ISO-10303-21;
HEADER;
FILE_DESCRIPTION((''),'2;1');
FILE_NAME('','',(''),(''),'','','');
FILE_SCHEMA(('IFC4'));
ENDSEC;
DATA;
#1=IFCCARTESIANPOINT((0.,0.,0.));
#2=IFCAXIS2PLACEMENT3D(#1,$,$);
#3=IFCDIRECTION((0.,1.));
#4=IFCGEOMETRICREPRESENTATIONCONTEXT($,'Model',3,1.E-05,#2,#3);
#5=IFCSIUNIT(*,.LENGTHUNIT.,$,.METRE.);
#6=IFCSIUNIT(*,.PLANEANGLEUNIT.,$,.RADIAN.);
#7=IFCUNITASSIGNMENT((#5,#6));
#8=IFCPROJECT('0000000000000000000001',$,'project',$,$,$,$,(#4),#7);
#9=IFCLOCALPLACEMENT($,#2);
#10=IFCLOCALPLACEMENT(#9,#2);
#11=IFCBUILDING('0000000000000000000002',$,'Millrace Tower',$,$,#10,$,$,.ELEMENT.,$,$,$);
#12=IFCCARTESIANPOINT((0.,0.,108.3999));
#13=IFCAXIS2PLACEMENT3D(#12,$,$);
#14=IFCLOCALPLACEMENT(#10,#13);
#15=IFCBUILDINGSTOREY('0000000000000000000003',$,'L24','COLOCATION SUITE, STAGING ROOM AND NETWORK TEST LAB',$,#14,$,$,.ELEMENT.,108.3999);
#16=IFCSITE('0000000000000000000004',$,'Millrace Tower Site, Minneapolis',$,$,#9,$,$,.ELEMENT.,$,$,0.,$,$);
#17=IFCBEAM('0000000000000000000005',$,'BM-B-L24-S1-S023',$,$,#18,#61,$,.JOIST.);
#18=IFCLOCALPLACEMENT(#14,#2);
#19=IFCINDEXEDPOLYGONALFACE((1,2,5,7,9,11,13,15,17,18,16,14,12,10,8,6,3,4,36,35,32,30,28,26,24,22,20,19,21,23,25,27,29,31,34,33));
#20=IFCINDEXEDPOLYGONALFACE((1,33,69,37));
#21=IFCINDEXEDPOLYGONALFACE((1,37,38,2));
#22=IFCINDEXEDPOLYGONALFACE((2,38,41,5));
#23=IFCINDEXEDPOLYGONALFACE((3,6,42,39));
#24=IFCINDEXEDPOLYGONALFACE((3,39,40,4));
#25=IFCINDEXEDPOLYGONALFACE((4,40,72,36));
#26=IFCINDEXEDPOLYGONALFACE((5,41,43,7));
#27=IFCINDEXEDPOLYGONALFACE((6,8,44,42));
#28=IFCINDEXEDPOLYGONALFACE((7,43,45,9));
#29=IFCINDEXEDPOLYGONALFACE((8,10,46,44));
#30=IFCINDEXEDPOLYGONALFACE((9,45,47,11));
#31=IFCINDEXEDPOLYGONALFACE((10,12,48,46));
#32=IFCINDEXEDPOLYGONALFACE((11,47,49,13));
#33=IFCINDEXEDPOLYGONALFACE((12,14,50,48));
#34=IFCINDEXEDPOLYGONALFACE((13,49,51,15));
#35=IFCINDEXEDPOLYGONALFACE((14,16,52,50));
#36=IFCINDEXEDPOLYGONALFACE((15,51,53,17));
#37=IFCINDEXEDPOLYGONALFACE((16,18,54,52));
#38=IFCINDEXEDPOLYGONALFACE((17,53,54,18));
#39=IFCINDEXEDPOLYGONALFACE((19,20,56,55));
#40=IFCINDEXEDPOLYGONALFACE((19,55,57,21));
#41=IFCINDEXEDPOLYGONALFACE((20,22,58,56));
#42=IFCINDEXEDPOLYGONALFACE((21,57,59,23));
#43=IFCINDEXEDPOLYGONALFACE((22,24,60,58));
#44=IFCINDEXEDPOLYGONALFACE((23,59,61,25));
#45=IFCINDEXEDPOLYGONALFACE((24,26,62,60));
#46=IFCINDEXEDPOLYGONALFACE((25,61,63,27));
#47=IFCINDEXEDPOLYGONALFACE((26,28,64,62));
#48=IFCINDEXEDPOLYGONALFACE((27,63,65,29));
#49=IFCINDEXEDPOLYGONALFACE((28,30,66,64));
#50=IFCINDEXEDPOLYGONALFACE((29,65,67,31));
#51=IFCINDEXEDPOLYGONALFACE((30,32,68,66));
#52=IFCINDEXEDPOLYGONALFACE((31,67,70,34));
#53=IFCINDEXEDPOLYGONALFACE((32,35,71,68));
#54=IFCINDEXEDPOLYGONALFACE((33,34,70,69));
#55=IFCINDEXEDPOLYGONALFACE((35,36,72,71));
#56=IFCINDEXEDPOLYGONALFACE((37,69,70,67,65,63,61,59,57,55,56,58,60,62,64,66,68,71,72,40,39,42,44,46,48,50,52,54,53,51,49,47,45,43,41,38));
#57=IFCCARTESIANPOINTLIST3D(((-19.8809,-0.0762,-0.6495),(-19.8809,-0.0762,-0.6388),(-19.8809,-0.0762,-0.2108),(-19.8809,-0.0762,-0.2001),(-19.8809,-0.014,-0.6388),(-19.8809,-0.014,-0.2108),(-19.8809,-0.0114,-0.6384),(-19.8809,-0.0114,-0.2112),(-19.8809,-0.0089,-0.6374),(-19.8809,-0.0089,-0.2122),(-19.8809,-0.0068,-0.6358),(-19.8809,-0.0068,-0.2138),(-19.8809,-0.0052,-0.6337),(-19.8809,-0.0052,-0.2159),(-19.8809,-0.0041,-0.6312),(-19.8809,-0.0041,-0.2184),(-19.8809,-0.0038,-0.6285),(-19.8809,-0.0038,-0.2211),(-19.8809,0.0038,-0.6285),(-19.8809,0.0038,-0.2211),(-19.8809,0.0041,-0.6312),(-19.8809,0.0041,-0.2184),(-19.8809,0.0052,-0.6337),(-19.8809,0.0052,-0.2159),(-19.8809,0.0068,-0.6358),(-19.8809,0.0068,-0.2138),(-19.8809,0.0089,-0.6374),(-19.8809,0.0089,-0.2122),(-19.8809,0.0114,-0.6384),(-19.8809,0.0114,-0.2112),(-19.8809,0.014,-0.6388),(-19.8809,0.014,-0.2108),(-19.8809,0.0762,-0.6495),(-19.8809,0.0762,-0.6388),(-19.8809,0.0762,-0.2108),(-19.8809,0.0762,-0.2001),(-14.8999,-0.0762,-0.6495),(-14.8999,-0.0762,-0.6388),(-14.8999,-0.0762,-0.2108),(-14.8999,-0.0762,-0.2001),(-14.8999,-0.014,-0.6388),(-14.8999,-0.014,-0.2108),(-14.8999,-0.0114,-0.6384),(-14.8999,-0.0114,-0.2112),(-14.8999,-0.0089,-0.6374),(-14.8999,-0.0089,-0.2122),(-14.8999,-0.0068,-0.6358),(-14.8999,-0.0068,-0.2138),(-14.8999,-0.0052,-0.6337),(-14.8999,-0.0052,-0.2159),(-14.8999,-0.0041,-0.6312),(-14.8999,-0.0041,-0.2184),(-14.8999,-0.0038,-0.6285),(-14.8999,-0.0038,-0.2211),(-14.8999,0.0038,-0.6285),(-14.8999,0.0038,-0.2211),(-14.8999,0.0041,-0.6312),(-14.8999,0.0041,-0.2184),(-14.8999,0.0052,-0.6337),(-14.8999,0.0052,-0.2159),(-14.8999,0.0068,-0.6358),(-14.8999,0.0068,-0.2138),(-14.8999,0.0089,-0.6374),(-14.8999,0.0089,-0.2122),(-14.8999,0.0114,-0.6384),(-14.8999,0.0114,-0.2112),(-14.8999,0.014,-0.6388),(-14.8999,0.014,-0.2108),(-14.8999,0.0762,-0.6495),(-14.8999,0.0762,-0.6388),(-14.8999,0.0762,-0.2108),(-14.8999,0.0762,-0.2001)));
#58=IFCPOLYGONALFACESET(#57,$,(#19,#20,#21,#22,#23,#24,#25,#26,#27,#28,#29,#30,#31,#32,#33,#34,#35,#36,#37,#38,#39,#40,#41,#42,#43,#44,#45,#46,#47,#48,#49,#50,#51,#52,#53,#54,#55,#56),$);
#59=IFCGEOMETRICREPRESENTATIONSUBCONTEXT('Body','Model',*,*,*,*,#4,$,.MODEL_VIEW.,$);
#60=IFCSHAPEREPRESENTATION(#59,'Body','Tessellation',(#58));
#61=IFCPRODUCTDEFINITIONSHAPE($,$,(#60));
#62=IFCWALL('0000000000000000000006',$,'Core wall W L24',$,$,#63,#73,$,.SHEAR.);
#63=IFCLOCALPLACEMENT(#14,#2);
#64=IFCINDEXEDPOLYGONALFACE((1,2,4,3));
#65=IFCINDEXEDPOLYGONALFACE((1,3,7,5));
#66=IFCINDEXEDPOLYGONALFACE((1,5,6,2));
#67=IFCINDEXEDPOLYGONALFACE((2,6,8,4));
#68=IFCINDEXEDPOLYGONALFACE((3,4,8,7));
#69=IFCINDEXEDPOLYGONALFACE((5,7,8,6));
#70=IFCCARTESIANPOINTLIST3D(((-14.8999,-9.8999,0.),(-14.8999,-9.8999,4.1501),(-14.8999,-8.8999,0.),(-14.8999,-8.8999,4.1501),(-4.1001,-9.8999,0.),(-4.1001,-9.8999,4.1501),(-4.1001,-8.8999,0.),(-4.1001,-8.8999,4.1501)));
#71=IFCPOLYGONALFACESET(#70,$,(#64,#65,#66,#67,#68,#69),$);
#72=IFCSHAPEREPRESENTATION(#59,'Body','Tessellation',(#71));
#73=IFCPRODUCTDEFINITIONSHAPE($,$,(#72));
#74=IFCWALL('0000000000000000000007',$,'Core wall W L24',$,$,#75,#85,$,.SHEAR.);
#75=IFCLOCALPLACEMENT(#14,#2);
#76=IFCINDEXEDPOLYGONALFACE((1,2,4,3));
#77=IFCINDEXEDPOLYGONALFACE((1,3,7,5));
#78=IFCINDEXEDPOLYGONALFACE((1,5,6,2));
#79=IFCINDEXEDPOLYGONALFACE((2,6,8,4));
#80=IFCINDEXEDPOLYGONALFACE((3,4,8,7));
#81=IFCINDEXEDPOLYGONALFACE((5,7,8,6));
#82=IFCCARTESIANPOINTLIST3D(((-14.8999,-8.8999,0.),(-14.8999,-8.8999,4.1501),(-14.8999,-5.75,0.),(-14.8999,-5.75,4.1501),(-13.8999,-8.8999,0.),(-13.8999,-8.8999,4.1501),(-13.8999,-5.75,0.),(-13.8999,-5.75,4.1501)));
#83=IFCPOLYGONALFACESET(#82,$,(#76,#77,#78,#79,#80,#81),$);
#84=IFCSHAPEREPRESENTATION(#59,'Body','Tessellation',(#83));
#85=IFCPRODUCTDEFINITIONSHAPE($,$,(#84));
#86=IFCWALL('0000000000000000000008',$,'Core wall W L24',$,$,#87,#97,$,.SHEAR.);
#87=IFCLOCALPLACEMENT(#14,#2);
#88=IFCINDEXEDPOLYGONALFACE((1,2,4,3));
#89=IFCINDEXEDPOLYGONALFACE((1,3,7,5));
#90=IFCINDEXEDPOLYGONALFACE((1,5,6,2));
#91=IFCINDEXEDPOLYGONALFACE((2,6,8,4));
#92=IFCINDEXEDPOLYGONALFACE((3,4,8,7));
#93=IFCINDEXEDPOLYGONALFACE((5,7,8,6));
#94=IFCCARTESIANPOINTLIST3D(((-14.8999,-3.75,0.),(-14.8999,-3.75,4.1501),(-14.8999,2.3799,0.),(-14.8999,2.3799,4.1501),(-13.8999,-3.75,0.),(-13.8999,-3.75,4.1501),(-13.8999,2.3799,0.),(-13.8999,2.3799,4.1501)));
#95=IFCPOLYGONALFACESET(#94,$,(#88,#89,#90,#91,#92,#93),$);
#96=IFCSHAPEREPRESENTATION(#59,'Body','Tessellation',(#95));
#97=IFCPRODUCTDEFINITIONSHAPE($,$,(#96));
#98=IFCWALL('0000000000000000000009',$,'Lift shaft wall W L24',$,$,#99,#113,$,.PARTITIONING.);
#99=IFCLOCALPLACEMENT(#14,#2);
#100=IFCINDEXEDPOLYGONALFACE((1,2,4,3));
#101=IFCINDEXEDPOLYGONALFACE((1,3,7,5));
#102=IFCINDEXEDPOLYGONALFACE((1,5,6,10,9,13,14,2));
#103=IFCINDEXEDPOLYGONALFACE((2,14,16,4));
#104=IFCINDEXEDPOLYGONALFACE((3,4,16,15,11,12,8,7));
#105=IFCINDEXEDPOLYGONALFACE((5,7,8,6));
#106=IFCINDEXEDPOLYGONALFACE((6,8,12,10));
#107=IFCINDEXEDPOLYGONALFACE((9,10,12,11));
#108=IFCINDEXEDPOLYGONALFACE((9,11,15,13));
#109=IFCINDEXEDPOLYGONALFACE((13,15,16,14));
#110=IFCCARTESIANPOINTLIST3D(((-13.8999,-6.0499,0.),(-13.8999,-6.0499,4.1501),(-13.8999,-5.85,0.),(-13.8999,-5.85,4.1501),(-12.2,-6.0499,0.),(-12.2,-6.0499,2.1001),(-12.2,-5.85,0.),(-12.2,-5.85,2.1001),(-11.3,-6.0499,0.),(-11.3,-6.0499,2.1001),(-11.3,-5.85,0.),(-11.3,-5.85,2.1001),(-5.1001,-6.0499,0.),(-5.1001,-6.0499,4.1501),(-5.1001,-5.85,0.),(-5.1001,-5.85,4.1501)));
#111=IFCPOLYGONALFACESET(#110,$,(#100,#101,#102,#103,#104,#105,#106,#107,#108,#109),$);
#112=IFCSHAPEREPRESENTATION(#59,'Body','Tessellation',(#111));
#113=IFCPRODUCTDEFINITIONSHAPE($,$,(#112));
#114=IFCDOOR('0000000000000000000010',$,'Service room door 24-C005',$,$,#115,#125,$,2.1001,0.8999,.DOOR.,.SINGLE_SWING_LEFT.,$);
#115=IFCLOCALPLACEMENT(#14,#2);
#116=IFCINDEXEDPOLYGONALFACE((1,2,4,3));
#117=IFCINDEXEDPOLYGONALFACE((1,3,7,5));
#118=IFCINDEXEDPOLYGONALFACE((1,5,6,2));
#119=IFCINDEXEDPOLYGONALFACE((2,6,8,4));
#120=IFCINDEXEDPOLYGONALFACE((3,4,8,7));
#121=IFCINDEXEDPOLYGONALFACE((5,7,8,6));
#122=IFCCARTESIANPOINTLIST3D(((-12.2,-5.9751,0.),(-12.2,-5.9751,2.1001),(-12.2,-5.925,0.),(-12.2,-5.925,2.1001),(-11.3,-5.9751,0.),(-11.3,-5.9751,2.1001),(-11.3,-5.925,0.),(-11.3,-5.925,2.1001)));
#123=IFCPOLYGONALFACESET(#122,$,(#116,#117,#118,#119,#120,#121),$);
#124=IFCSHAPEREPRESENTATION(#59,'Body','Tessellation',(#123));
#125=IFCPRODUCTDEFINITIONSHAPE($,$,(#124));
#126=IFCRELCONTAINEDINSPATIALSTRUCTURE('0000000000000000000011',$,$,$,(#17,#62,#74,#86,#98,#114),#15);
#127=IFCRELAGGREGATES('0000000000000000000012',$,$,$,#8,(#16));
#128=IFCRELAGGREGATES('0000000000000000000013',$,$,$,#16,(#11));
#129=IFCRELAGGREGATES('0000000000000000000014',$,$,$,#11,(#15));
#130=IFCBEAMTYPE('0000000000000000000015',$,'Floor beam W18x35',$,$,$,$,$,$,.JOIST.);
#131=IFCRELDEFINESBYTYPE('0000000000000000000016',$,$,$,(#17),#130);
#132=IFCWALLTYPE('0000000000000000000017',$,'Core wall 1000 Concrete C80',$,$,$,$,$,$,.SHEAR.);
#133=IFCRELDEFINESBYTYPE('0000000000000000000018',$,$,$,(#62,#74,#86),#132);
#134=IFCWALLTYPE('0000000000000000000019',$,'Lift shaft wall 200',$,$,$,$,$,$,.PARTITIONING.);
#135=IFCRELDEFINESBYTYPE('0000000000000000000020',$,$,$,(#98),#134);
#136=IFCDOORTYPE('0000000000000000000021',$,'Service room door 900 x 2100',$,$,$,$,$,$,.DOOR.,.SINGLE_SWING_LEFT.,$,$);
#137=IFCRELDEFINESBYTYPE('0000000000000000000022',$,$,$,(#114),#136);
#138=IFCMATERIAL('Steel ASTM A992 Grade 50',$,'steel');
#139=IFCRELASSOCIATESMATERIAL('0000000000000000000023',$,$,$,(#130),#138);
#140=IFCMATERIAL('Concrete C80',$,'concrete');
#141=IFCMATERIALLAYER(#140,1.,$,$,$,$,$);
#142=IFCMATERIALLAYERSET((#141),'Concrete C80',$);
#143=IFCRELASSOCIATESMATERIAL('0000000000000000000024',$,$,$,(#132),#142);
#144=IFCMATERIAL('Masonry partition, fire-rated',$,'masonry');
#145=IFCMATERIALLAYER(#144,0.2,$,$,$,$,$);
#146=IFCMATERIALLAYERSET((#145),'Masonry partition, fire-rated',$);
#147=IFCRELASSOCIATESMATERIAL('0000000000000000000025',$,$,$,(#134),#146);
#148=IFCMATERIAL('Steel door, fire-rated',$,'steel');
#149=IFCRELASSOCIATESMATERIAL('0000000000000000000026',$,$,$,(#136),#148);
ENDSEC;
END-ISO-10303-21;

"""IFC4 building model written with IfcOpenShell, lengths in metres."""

from ifc_helpers import new_model, si_unit, direction, frame, frame_2d, origin, origin_2d, place, context, subcontext, project, spatial, rectangle, i_section, extrude, material, layer, layer_set, material_profile, profile_set, type_object, element, fill, save


model = new_model("IFC4")

# Units and contexts
model_context = context("Model", 3, precision=1e-05, world=origin(), true_north=direction((0.0, 1.0)))
body_context = subcontext(model_context, "Body", "Model", "MODEL_VIEW")
ifc_project = project(units=[si_unit("LENGTHUNIT", "METRE"), si_unit("PLANEANGLEUNIT", "RADIAN")], contexts=[model_context])

# Site, building, storey
site_placement = place(None, origin())
site = spatial("IfcSite", under=ifc_project, at=site_placement, Name="Millrace Tower Site, Minneapolis", CompositionType="ELEMENT", RefElevation=0.0)
building_placement = place(site_placement, origin())
building = spatial("IfcBuilding", under=site, at=building_placement, Name="Millrace Tower", CompositionType="ELEMENT")
storey_placement = place(building_placement, frame((0.0, 0.0, 108.3999)))
storey = spatial("IfcBuildingStorey", under=building, at=storey_placement, Name="L24", Description="COLOCATION SUITE, STAGING ROOM AND NETWORK TEST LAB", CompositionType="ELEMENT", Elevation=108.3999)

# Beam
ifc_material_1 = material(Name="Steel ASTM A992 Grade 50", Category="steel")
ifc_material_profile_1 = material_profile(ifc_material_1, i_section(OverallWidth=0.1523, OverallDepth=0.4495, WebThickness=0.0076, FlangeThickness=0.0107, FilletRadius=0.0103, at=origin_2d()))
ifc_profile_set_1 = profile_set([ifc_material_profile_1], Name="Steel ASTM A992 Grade 50")
beam_type_1 = type_object("IfcBeamType", Name="Floor beam W18x35", PredefinedType="JOIST", material=ifc_profile_set_1)
for number, where, z_axis, x_axis, name in (
    (1, (-19.8809, 0.0, -0.4248), (1.0, 0.0, 0.0), (0.0, 1.0, 0.0), "BM-B-L24-S1-S023"),
):
    element("IfcBeam", number, at=place(storey_placement, frame(where, z_axis=z_axis, x_axis=x_axis)), inside=storey, type_object=beam_type_1, Name=name, PredefinedType="JOIST", context=body_context, shape_type="SweptSolid", body=[
        extrude(i_section(OverallWidth=0.1523, OverallDepth=0.4495, WebThickness=0.0076, FlangeThickness=0.0107, FilletRadius=0.0103, at=origin_2d()), origin(), (0.0, 0.0, 1.0), 4.981),
    ])

# Walls
ifc_material_2 = material(Name="Concrete C80", Category="concrete")
ifc_layer_1 = layer(ifc_material_2, 1.0)
ifc_layer_set_1 = layer_set([ifc_layer_1], Name="Concrete C80")
wall_type_1 = type_object("IfcWallType", Name="Core wall 1000 Concrete C80", PredefinedType="SHEAR", material=ifc_layer_set_1)
wall_1_placement = place(storey_placement, frame((-14.8999, -9.3999, 0.0), z_axis=(0.0, 0.0, 1.0), x_axis=(1.0, 0.0, 0.0)))
element("IfcWall", 2, at=wall_1_placement, inside=storey, type_object=wall_type_1, Name="Core wall W L24", PredefinedType="SHEAR", context=body_context, shape_type="SweptSolid", body=[
    extrude(rectangle(XDim=10.7998, YDim=1.0, at=frame_2d((5.3999, 0.0))), origin(), (0.0, 0.0, 1.0), 4.1501),
])
wall_2_placement = place(storey_placement, frame((-14.3999, -8.8999, 0.0), z_axis=(0.0, 0.0, 1.0), x_axis=(0.0, 1.0, 0.0)))
element("IfcWall", 3, at=wall_2_placement, inside=storey, type_object=wall_type_1, Name="Core wall W L24", PredefinedType="SHEAR", context=body_context, shape_type="SweptSolid", body=[
    extrude(rectangle(XDim=3.1499, YDim=1.0, at=frame_2d((1.575, 0.0))), origin(), (0.0, 0.0, 1.0), 4.1501),
])
wall_3_placement = place(storey_placement, frame((-14.3999, -3.75, 0.0), z_axis=(0.0, 0.0, 1.0), x_axis=(0.0, 1.0, 0.0)))
element("IfcWall", 4, at=wall_3_placement, inside=storey, type_object=wall_type_1, Name="Core wall W L24", PredefinedType="SHEAR", context=body_context, shape_type="SweptSolid", body=[
    extrude(rectangle(XDim=6.1299, YDim=1.0, at=frame_2d((3.0649, 0.0))), origin(), (0.0, 0.0, 1.0), 4.1501),
])

# Wall, opening, door
ifc_material_3 = material(Name="Masonry partition, fire-rated", Category="masonry")
ifc_layer_2 = layer(ifc_material_3, 0.2)
ifc_layer_set_2 = layer_set([ifc_layer_2], Name="Masonry partition, fire-rated")
wall_type_2 = type_object("IfcWallType", Name="Lift shaft wall 200", PredefinedType="PARTITIONING", material=ifc_layer_set_2)
wall_4_placement = place(storey_placement, frame((-13.8999, -5.95, 0.0), z_axis=(0.0, 0.0, 1.0), x_axis=(1.0, 0.0, 0.0)))
wall_4 = element("IfcWall", 5, at=wall_4_placement, inside=storey, type_object=wall_type_2, Name="Lift shaft wall W L24", PredefinedType="PARTITIONING", context=body_context, shape_type="SweptSolid", body=[
    extrude(rectangle(XDim=8.7998, YDim=0.2, at=frame_2d((4.3999, 0.0))), origin(), (0.0, 0.0, 1.0), 4.1501),
])
opening_1_placement = place(wall_4_placement, frame((1.7, 0.0, 0.0)))
opening_1 = element("IfcOpeningElement", 6, at=opening_1_placement, cuts=wall_4, PredefinedType="OPENING", context=body_context, shape_type="SweptSolid", body=[
    extrude(rectangle(XDim=0.8999, YDim=2.1001, at=frame_2d((0.45, 1.05))), frame((0.0, 0.1099, 0.0), z_axis=(0.0, -1.0, 0.0), x_axis=(1.0, 0.0, 0.0)), (0.0, 0.0, 1.0), 0.22),
])
ifc_material_4 = material(Name="Steel door, fire-rated", Category="steel")
door_type_1 = type_object("IfcDoorType", Name="Service room door 900 x 2100", OperationType="SINGLE_SWING_LEFT", PredefinedType="DOOR", material=ifc_material_4)
door_1_placement = place(opening_1_placement, origin())
door_1 = element("IfcDoor", 7, at=door_1_placement, inside=storey, type_object=door_type_1, Name="Service room door 24-C005", OperationType="SINGLE_SWING_LEFT", OverallHeight=2.1001, OverallWidth=0.8999, PredefinedType="DOOR", context=body_context, shape_type="SweptSolid", body=[
    extrude(rectangle(XDim=0.8999, YDim=2.1001, at=frame_2d((0.45, 1.05))), frame((0.0, 0.0249, 0.0), z_axis=(0.0, -1.0, 0.0), x_axis=(1.0, 0.0, 0.0)), (0.0, 0.0, 1.0), 0.05),
])
fill(opening_1, door_1)

save(model, "model.ifc")
